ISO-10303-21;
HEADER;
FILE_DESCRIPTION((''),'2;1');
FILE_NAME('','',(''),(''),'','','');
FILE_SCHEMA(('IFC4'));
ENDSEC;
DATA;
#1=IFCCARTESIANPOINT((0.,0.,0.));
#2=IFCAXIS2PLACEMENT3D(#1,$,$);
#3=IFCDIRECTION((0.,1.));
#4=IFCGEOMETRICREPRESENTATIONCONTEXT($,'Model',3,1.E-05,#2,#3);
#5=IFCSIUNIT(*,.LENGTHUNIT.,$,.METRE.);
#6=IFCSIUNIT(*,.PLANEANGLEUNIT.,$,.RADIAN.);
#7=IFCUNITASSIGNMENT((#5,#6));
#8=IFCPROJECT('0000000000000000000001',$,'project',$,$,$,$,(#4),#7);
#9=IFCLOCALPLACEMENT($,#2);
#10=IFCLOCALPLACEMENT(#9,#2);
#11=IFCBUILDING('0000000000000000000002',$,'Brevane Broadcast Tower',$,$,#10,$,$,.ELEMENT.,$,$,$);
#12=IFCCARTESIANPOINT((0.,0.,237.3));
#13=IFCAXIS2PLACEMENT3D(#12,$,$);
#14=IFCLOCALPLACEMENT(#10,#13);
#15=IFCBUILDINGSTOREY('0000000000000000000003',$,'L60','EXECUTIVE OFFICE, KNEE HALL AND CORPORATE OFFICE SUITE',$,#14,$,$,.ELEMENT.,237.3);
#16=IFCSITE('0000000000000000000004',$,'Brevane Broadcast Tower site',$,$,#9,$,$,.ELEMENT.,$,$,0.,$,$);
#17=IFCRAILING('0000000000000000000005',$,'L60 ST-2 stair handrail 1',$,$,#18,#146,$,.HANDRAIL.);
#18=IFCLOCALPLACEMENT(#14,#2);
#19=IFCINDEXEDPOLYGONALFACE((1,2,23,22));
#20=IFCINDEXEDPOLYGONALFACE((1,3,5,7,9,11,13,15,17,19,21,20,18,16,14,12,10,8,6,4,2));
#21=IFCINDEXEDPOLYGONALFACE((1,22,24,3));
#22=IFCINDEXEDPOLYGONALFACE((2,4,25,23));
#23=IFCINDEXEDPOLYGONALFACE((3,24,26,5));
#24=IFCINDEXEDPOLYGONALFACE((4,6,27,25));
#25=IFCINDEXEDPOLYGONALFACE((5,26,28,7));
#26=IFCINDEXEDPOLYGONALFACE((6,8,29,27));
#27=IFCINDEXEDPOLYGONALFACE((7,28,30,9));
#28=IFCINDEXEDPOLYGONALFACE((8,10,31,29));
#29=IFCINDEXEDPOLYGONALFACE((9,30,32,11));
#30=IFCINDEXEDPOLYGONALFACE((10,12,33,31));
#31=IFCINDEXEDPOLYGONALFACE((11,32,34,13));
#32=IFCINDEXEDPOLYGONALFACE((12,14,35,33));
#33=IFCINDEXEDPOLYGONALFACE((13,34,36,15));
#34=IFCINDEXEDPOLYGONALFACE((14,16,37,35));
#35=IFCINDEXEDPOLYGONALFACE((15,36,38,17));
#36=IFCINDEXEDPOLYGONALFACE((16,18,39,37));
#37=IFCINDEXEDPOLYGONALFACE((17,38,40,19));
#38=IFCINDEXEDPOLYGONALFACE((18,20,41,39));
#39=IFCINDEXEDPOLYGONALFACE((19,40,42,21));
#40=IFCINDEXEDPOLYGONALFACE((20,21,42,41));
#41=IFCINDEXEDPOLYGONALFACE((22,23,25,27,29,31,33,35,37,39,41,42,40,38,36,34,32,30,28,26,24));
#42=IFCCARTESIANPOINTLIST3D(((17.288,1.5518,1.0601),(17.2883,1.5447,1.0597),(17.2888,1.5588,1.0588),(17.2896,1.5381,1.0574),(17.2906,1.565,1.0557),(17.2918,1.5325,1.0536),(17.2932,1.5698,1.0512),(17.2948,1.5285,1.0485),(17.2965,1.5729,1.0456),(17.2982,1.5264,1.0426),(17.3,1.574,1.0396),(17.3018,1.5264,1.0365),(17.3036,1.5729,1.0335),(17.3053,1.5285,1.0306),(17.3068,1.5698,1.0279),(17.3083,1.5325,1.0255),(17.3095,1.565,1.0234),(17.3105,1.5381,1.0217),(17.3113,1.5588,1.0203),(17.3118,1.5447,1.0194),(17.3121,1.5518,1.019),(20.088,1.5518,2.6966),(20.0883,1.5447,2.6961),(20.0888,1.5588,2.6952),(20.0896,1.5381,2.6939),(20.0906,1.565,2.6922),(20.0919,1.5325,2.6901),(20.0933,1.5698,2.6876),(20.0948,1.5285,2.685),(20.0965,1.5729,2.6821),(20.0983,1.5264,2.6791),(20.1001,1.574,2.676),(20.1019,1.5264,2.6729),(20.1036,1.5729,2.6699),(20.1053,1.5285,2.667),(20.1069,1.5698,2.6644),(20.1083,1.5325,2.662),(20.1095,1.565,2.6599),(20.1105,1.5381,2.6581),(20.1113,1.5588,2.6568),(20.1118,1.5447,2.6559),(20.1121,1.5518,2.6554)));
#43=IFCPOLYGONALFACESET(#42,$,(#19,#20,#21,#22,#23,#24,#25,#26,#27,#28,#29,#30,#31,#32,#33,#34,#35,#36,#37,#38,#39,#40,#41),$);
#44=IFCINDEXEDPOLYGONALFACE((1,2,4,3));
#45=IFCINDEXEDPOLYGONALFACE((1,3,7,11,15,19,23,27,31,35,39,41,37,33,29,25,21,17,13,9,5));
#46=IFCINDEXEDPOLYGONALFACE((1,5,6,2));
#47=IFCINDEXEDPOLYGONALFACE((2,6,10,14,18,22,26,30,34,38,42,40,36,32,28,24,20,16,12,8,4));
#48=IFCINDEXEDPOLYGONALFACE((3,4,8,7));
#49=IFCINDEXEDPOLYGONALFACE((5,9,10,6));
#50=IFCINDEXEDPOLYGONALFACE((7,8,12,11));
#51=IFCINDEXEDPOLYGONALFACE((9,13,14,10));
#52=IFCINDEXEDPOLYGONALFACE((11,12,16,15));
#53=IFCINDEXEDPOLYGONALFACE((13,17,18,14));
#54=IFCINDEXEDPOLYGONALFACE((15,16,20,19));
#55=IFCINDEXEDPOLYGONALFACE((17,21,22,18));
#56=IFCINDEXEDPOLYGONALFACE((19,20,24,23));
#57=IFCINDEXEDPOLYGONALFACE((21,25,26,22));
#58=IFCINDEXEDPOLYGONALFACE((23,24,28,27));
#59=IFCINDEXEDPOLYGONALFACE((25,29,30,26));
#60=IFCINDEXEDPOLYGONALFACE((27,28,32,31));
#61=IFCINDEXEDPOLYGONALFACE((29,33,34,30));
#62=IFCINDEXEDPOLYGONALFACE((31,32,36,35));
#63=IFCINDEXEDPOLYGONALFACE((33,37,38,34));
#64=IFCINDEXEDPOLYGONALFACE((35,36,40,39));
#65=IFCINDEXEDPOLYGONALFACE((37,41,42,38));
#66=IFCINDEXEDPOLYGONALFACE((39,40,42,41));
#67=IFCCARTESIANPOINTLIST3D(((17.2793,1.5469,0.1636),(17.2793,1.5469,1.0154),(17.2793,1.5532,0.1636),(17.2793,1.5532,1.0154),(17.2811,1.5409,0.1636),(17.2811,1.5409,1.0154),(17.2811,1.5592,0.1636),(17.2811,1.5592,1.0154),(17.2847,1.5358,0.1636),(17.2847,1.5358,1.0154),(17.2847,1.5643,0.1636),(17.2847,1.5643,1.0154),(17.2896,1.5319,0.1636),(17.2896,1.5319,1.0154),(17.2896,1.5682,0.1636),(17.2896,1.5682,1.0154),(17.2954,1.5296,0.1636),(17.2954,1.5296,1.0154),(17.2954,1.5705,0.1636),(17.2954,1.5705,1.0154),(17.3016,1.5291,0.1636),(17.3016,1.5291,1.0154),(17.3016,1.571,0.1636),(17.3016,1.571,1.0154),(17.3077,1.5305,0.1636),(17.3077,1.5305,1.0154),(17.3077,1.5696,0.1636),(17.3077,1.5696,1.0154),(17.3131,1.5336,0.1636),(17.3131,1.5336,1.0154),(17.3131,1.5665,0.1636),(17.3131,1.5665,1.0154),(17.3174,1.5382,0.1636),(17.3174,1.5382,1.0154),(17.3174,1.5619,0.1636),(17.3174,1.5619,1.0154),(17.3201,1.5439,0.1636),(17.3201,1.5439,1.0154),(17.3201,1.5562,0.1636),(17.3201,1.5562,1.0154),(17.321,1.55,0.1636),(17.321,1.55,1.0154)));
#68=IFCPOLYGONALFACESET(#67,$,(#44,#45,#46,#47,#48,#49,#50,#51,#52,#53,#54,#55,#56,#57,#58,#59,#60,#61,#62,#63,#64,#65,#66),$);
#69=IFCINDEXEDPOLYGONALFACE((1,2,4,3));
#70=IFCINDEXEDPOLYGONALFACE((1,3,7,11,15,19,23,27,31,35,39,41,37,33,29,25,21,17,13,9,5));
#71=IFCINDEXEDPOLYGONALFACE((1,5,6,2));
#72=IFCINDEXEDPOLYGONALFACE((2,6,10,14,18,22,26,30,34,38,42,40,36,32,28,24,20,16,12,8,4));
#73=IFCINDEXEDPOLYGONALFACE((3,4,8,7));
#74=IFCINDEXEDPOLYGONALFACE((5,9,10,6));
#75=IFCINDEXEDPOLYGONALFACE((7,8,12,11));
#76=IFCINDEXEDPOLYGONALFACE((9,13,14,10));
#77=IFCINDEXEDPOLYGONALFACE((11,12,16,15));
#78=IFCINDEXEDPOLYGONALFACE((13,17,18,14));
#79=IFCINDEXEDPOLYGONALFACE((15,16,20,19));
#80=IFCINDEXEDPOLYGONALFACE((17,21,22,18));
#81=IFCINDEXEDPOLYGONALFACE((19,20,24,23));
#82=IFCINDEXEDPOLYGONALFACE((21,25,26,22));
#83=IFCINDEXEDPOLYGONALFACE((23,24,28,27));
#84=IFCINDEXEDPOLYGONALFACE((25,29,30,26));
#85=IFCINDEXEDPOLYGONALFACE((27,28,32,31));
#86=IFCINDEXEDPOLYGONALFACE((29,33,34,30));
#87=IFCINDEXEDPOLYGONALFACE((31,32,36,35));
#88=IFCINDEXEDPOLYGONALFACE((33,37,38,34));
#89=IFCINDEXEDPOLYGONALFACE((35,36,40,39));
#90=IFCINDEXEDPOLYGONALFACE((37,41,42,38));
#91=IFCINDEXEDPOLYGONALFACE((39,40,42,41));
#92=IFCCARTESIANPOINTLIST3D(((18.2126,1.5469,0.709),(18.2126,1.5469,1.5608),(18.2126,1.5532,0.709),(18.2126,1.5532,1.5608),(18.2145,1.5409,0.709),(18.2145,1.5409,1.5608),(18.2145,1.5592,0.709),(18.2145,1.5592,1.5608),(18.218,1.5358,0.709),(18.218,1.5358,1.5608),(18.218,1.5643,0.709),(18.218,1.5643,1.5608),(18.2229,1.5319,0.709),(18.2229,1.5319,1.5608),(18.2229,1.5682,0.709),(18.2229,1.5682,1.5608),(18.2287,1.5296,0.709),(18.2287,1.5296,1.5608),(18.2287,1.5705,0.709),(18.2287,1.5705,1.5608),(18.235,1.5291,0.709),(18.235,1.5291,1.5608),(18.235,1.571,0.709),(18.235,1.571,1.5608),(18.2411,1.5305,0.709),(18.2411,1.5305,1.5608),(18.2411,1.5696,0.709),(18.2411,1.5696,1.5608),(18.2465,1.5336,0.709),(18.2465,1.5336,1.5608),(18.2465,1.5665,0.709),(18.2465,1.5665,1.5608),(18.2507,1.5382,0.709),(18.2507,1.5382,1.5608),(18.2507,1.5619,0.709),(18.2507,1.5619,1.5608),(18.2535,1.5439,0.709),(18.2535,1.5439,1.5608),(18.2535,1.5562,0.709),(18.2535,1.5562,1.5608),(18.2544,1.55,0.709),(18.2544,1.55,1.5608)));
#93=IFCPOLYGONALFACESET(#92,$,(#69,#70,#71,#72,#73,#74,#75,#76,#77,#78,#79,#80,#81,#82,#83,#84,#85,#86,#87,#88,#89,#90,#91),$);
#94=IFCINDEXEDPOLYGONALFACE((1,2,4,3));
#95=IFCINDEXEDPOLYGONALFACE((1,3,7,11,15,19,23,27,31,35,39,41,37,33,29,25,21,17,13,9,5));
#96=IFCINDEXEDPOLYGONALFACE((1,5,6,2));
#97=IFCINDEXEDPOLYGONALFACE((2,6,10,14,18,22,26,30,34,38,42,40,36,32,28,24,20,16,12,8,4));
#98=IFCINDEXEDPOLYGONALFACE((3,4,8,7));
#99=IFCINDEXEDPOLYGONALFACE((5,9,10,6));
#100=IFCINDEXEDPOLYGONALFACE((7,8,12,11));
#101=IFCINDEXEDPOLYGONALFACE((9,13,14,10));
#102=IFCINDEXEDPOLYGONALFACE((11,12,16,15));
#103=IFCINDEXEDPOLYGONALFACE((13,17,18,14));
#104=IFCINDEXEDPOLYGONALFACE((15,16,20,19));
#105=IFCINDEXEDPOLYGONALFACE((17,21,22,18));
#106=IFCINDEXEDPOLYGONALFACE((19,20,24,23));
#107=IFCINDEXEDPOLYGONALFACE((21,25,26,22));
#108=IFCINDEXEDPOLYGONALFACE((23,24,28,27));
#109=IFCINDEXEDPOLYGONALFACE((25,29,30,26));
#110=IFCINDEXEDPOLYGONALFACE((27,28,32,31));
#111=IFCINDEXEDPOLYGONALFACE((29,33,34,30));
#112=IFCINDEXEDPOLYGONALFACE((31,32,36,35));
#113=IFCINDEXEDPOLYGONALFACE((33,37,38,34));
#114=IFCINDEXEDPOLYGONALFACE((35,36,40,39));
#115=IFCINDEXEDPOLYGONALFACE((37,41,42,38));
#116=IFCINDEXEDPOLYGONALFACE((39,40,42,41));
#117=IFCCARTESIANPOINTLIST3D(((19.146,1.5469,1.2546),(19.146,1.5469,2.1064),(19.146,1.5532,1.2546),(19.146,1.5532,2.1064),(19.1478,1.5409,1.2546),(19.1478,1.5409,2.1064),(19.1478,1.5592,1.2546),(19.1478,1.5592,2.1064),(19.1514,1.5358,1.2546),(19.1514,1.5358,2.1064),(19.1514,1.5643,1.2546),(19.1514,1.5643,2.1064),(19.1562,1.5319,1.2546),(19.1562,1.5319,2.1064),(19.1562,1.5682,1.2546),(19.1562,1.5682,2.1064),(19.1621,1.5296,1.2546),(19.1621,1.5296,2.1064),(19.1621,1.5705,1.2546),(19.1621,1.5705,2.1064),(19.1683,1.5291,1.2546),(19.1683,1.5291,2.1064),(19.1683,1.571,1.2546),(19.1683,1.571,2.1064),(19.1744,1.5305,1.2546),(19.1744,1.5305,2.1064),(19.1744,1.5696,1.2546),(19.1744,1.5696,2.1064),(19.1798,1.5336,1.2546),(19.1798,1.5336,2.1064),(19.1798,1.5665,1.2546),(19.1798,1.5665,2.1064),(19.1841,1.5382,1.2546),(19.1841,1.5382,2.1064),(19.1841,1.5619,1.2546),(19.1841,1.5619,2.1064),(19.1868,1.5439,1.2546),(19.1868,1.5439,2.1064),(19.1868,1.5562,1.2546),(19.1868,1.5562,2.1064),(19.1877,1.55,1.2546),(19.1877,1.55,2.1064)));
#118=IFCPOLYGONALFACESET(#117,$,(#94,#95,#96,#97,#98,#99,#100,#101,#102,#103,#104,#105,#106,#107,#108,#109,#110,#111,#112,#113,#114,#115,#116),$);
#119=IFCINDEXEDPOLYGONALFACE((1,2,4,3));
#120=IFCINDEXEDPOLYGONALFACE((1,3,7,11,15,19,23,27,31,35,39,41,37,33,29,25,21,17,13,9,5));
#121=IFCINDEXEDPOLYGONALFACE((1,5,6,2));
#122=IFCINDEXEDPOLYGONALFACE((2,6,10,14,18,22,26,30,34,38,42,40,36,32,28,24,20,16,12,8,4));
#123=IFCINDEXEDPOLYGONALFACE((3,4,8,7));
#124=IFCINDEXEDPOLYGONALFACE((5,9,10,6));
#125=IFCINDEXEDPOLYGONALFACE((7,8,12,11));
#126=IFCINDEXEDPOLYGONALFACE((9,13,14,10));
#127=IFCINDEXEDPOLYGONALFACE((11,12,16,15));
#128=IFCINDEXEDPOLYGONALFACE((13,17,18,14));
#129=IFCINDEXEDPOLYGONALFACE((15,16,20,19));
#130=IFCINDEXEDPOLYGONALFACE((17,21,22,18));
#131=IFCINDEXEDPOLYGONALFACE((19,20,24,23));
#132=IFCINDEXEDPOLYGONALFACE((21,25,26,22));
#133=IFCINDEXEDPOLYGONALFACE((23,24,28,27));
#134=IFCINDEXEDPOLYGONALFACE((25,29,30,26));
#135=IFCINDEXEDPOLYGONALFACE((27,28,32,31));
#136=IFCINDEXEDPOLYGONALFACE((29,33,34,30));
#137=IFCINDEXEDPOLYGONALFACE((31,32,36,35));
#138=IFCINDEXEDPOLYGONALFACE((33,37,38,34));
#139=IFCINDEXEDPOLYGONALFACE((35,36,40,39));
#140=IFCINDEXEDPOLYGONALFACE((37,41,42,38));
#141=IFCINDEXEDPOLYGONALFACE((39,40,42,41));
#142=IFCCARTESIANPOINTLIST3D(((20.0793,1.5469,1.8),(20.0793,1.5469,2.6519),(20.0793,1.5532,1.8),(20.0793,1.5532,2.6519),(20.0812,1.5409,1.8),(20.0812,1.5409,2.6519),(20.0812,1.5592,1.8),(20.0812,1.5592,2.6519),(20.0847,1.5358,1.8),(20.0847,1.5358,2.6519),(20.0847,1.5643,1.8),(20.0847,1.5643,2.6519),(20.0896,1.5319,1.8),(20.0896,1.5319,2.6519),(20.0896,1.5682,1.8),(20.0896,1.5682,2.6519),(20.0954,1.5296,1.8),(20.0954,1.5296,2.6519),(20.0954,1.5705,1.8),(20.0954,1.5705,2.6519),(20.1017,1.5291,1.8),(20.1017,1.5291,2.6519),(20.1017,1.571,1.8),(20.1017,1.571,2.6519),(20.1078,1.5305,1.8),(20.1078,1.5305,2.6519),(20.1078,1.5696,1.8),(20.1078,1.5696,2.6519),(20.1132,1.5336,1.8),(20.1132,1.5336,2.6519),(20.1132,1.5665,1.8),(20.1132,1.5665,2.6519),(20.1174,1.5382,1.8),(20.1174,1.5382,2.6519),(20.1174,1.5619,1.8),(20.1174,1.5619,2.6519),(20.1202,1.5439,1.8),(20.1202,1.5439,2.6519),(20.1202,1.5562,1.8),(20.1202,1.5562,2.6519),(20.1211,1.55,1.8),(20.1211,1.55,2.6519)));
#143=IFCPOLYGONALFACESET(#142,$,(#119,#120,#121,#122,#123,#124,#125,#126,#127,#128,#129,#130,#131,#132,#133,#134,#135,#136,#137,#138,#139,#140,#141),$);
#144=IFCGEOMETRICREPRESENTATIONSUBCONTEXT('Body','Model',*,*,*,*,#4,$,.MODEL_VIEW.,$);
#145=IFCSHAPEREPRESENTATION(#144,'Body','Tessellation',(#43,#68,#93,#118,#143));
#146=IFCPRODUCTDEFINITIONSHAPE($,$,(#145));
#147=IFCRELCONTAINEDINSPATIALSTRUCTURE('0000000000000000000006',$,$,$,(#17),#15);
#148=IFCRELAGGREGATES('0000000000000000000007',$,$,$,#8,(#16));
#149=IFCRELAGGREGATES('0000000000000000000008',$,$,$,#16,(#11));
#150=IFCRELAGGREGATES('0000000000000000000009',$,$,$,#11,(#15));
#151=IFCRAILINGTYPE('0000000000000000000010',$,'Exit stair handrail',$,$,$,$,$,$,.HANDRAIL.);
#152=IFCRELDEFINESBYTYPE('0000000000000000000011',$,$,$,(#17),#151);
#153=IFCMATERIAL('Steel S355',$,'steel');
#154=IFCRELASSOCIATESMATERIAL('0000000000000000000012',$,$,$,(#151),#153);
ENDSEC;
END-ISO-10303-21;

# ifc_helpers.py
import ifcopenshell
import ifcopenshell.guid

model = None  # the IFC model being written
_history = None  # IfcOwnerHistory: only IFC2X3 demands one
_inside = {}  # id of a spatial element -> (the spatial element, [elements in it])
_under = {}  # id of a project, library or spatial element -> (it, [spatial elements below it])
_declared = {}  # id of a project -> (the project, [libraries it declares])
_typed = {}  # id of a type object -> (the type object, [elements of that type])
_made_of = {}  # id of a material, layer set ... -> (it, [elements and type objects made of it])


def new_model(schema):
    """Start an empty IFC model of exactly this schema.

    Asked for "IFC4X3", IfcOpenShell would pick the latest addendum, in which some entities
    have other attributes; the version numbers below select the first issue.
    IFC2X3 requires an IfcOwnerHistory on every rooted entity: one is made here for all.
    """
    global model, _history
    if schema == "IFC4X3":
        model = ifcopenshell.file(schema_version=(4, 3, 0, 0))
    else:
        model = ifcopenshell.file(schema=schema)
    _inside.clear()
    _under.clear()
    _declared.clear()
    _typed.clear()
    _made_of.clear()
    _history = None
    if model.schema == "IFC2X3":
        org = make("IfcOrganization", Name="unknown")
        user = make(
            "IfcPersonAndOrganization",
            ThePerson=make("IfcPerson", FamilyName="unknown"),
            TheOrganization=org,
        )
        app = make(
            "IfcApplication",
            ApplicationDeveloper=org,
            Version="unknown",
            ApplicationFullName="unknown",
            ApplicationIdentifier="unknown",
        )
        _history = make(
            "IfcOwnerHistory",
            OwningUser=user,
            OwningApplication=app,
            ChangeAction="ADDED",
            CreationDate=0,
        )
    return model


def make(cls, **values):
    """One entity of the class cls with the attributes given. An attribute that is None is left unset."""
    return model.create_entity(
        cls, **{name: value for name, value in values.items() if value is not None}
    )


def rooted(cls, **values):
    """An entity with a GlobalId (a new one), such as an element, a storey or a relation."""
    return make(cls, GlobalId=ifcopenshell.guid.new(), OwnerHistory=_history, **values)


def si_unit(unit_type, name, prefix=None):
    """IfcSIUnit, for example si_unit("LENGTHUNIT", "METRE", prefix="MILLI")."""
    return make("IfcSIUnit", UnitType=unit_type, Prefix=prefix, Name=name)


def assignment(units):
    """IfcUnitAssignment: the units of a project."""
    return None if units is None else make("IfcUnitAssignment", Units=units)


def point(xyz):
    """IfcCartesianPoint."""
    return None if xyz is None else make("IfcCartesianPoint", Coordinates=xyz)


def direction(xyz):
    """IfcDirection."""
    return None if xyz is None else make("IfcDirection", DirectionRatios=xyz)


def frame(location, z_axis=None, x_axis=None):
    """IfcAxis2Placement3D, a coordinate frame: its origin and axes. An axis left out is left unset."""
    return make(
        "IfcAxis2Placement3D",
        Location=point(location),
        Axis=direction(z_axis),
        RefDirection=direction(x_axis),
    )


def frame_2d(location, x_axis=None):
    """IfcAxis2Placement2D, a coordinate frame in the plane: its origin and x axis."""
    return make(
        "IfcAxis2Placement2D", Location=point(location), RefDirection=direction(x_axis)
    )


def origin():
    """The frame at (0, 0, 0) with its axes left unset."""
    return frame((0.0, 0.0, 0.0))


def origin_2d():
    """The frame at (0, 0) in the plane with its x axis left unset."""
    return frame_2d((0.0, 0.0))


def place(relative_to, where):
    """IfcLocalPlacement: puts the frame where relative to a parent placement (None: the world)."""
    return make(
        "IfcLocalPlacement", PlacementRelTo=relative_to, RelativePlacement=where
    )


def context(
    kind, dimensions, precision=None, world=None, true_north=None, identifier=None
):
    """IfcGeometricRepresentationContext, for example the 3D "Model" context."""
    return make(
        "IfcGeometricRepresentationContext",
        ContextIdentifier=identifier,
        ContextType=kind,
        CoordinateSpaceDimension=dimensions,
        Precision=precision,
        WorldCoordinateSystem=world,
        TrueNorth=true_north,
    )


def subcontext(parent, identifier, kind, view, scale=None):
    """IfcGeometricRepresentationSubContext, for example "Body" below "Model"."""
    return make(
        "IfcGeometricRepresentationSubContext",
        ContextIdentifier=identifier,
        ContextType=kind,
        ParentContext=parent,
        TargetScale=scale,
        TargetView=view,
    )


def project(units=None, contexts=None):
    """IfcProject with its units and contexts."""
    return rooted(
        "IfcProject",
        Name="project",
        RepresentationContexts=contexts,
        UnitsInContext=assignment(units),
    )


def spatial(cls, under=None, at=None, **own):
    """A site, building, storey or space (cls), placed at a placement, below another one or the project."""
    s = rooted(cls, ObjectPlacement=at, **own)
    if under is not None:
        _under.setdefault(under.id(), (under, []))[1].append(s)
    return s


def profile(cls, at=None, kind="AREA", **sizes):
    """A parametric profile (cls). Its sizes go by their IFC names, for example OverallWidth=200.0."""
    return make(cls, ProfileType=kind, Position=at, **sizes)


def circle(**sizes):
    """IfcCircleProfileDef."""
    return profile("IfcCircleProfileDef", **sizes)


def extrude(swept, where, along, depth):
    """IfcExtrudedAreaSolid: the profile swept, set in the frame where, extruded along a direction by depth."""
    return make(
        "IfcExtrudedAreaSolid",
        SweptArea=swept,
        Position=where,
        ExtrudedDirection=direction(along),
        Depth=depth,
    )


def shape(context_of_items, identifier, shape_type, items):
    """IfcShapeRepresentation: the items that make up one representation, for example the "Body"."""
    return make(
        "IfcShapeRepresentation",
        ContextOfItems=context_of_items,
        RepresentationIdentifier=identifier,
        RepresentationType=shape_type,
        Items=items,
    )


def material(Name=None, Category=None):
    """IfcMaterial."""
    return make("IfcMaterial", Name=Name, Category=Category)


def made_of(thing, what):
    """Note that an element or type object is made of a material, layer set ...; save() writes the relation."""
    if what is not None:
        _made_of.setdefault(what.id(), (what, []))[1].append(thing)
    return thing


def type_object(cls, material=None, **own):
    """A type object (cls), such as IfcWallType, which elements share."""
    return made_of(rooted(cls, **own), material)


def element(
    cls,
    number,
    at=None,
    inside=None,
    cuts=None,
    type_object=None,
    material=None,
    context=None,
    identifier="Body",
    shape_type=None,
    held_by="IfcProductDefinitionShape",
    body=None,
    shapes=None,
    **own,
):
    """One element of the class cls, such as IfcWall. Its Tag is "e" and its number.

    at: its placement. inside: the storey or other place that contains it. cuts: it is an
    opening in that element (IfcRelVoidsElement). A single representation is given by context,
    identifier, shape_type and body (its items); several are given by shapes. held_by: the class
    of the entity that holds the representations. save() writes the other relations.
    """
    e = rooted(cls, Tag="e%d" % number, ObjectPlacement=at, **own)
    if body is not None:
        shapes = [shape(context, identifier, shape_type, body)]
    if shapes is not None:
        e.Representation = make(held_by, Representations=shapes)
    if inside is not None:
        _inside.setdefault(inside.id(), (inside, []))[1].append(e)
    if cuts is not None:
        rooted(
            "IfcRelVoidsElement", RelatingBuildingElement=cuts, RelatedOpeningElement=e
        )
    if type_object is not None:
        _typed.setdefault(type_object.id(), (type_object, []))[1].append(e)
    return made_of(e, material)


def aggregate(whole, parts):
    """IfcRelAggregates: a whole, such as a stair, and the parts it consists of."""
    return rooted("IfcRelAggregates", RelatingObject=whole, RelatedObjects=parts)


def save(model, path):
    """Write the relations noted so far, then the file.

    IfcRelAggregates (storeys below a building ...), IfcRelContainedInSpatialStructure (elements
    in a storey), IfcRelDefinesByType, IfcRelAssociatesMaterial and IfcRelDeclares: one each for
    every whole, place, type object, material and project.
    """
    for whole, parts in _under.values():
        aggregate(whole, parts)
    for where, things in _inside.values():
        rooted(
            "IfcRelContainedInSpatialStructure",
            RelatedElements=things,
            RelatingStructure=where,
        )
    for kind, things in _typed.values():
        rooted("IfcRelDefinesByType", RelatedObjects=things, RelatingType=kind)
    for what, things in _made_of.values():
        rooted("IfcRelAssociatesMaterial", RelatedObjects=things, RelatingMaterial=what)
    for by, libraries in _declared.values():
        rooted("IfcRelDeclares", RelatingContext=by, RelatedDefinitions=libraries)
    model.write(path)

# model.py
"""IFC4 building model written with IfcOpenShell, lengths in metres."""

from ifc_helpers import new_model, si_unit, direction, frame, origin, origin_2d, place, context, subcontext, project, spatial, circle, extrude, material, type_object, element, save


model = new_model("IFC4")

# Units and contexts
model_context = context("Model", 3, precision=1e-05, world=origin(), true_north=direction((0.0, 1.0)))
body_context = subcontext(model_context, "Body", "Model", "MODEL_VIEW")
ifc_project = project(units=[si_unit("LENGTHUNIT", "METRE"), si_unit("PLANEANGLEUNIT", "RADIAN")], contexts=[model_context])

# Site, building, storey
site_placement = place(None, origin())
site = spatial("IfcSite", under=ifc_project, at=site_placement, Name="Brevane Broadcast Tower site", CompositionType="ELEMENT", RefElevation=0.0)
building_placement = place(site_placement, origin())
building = spatial("IfcBuilding", under=site, at=building_placement, Name="Brevane Broadcast Tower", CompositionType="ELEMENT")
storey_placement = place(building_placement, frame((0.0, 0.0, 237.3)))
storey = spatial("IfcBuildingStorey", under=building, at=storey_placement, Name="L60", Description="EXECUTIVE OFFICE, KNEE HALL AND CORPORATE OFFICE SUITE", CompositionType="ELEMENT", Elevation=237.3)

# Railing
ifc_material_1 = material(Name="Steel S355", Category="steel")
railing_type_1 = type_object("IfcRailingType", Name="Exit stair handrail", PredefinedType="HANDRAIL", material=ifc_material_1)
railing_1_placement = place(storey_placement, frame((17.3, 1.55, 0.1636)))
element("IfcRailing", 1, at=railing_1_placement, inside=storey, type_object=railing_type_1, Name="L60 ST-2 stair handrail 1", PredefinedType="HANDRAIL", context=body_context, shape_type="SweptSolid", body=[
    extrude(circle(Radius=0.0239, at=origin_2d()), frame((0.0, 0.0, 0.876), z_axis=(0.863361, 0.0, 0.504587), x_axis=(0.0, 1.0, 0.0)), (0.0, 0.0, 1.0), 3.2432),
    extrude(circle(Radius=0.021, at=origin_2d()), origin(), (0.0, 0.0, 1.0), 0.8518),
    extrude(circle(Radius=0.021, at=origin_2d()), frame((0.9333, 0.0, 0.5454)), (0.0, 0.0, 1.0), 0.8518),
    extrude(circle(Radius=0.021, at=origin_2d()), frame((1.8667, 0.0, 1.0911)), (0.0, 0.0, 1.0), 0.8518),
    extrude(circle(Radius=0.021, at=origin_2d()), frame((2.8, 0.0, 1.6365)), (0.0, 0.0, 1.0), 0.8518),
])

save(model, "model.ifc")
